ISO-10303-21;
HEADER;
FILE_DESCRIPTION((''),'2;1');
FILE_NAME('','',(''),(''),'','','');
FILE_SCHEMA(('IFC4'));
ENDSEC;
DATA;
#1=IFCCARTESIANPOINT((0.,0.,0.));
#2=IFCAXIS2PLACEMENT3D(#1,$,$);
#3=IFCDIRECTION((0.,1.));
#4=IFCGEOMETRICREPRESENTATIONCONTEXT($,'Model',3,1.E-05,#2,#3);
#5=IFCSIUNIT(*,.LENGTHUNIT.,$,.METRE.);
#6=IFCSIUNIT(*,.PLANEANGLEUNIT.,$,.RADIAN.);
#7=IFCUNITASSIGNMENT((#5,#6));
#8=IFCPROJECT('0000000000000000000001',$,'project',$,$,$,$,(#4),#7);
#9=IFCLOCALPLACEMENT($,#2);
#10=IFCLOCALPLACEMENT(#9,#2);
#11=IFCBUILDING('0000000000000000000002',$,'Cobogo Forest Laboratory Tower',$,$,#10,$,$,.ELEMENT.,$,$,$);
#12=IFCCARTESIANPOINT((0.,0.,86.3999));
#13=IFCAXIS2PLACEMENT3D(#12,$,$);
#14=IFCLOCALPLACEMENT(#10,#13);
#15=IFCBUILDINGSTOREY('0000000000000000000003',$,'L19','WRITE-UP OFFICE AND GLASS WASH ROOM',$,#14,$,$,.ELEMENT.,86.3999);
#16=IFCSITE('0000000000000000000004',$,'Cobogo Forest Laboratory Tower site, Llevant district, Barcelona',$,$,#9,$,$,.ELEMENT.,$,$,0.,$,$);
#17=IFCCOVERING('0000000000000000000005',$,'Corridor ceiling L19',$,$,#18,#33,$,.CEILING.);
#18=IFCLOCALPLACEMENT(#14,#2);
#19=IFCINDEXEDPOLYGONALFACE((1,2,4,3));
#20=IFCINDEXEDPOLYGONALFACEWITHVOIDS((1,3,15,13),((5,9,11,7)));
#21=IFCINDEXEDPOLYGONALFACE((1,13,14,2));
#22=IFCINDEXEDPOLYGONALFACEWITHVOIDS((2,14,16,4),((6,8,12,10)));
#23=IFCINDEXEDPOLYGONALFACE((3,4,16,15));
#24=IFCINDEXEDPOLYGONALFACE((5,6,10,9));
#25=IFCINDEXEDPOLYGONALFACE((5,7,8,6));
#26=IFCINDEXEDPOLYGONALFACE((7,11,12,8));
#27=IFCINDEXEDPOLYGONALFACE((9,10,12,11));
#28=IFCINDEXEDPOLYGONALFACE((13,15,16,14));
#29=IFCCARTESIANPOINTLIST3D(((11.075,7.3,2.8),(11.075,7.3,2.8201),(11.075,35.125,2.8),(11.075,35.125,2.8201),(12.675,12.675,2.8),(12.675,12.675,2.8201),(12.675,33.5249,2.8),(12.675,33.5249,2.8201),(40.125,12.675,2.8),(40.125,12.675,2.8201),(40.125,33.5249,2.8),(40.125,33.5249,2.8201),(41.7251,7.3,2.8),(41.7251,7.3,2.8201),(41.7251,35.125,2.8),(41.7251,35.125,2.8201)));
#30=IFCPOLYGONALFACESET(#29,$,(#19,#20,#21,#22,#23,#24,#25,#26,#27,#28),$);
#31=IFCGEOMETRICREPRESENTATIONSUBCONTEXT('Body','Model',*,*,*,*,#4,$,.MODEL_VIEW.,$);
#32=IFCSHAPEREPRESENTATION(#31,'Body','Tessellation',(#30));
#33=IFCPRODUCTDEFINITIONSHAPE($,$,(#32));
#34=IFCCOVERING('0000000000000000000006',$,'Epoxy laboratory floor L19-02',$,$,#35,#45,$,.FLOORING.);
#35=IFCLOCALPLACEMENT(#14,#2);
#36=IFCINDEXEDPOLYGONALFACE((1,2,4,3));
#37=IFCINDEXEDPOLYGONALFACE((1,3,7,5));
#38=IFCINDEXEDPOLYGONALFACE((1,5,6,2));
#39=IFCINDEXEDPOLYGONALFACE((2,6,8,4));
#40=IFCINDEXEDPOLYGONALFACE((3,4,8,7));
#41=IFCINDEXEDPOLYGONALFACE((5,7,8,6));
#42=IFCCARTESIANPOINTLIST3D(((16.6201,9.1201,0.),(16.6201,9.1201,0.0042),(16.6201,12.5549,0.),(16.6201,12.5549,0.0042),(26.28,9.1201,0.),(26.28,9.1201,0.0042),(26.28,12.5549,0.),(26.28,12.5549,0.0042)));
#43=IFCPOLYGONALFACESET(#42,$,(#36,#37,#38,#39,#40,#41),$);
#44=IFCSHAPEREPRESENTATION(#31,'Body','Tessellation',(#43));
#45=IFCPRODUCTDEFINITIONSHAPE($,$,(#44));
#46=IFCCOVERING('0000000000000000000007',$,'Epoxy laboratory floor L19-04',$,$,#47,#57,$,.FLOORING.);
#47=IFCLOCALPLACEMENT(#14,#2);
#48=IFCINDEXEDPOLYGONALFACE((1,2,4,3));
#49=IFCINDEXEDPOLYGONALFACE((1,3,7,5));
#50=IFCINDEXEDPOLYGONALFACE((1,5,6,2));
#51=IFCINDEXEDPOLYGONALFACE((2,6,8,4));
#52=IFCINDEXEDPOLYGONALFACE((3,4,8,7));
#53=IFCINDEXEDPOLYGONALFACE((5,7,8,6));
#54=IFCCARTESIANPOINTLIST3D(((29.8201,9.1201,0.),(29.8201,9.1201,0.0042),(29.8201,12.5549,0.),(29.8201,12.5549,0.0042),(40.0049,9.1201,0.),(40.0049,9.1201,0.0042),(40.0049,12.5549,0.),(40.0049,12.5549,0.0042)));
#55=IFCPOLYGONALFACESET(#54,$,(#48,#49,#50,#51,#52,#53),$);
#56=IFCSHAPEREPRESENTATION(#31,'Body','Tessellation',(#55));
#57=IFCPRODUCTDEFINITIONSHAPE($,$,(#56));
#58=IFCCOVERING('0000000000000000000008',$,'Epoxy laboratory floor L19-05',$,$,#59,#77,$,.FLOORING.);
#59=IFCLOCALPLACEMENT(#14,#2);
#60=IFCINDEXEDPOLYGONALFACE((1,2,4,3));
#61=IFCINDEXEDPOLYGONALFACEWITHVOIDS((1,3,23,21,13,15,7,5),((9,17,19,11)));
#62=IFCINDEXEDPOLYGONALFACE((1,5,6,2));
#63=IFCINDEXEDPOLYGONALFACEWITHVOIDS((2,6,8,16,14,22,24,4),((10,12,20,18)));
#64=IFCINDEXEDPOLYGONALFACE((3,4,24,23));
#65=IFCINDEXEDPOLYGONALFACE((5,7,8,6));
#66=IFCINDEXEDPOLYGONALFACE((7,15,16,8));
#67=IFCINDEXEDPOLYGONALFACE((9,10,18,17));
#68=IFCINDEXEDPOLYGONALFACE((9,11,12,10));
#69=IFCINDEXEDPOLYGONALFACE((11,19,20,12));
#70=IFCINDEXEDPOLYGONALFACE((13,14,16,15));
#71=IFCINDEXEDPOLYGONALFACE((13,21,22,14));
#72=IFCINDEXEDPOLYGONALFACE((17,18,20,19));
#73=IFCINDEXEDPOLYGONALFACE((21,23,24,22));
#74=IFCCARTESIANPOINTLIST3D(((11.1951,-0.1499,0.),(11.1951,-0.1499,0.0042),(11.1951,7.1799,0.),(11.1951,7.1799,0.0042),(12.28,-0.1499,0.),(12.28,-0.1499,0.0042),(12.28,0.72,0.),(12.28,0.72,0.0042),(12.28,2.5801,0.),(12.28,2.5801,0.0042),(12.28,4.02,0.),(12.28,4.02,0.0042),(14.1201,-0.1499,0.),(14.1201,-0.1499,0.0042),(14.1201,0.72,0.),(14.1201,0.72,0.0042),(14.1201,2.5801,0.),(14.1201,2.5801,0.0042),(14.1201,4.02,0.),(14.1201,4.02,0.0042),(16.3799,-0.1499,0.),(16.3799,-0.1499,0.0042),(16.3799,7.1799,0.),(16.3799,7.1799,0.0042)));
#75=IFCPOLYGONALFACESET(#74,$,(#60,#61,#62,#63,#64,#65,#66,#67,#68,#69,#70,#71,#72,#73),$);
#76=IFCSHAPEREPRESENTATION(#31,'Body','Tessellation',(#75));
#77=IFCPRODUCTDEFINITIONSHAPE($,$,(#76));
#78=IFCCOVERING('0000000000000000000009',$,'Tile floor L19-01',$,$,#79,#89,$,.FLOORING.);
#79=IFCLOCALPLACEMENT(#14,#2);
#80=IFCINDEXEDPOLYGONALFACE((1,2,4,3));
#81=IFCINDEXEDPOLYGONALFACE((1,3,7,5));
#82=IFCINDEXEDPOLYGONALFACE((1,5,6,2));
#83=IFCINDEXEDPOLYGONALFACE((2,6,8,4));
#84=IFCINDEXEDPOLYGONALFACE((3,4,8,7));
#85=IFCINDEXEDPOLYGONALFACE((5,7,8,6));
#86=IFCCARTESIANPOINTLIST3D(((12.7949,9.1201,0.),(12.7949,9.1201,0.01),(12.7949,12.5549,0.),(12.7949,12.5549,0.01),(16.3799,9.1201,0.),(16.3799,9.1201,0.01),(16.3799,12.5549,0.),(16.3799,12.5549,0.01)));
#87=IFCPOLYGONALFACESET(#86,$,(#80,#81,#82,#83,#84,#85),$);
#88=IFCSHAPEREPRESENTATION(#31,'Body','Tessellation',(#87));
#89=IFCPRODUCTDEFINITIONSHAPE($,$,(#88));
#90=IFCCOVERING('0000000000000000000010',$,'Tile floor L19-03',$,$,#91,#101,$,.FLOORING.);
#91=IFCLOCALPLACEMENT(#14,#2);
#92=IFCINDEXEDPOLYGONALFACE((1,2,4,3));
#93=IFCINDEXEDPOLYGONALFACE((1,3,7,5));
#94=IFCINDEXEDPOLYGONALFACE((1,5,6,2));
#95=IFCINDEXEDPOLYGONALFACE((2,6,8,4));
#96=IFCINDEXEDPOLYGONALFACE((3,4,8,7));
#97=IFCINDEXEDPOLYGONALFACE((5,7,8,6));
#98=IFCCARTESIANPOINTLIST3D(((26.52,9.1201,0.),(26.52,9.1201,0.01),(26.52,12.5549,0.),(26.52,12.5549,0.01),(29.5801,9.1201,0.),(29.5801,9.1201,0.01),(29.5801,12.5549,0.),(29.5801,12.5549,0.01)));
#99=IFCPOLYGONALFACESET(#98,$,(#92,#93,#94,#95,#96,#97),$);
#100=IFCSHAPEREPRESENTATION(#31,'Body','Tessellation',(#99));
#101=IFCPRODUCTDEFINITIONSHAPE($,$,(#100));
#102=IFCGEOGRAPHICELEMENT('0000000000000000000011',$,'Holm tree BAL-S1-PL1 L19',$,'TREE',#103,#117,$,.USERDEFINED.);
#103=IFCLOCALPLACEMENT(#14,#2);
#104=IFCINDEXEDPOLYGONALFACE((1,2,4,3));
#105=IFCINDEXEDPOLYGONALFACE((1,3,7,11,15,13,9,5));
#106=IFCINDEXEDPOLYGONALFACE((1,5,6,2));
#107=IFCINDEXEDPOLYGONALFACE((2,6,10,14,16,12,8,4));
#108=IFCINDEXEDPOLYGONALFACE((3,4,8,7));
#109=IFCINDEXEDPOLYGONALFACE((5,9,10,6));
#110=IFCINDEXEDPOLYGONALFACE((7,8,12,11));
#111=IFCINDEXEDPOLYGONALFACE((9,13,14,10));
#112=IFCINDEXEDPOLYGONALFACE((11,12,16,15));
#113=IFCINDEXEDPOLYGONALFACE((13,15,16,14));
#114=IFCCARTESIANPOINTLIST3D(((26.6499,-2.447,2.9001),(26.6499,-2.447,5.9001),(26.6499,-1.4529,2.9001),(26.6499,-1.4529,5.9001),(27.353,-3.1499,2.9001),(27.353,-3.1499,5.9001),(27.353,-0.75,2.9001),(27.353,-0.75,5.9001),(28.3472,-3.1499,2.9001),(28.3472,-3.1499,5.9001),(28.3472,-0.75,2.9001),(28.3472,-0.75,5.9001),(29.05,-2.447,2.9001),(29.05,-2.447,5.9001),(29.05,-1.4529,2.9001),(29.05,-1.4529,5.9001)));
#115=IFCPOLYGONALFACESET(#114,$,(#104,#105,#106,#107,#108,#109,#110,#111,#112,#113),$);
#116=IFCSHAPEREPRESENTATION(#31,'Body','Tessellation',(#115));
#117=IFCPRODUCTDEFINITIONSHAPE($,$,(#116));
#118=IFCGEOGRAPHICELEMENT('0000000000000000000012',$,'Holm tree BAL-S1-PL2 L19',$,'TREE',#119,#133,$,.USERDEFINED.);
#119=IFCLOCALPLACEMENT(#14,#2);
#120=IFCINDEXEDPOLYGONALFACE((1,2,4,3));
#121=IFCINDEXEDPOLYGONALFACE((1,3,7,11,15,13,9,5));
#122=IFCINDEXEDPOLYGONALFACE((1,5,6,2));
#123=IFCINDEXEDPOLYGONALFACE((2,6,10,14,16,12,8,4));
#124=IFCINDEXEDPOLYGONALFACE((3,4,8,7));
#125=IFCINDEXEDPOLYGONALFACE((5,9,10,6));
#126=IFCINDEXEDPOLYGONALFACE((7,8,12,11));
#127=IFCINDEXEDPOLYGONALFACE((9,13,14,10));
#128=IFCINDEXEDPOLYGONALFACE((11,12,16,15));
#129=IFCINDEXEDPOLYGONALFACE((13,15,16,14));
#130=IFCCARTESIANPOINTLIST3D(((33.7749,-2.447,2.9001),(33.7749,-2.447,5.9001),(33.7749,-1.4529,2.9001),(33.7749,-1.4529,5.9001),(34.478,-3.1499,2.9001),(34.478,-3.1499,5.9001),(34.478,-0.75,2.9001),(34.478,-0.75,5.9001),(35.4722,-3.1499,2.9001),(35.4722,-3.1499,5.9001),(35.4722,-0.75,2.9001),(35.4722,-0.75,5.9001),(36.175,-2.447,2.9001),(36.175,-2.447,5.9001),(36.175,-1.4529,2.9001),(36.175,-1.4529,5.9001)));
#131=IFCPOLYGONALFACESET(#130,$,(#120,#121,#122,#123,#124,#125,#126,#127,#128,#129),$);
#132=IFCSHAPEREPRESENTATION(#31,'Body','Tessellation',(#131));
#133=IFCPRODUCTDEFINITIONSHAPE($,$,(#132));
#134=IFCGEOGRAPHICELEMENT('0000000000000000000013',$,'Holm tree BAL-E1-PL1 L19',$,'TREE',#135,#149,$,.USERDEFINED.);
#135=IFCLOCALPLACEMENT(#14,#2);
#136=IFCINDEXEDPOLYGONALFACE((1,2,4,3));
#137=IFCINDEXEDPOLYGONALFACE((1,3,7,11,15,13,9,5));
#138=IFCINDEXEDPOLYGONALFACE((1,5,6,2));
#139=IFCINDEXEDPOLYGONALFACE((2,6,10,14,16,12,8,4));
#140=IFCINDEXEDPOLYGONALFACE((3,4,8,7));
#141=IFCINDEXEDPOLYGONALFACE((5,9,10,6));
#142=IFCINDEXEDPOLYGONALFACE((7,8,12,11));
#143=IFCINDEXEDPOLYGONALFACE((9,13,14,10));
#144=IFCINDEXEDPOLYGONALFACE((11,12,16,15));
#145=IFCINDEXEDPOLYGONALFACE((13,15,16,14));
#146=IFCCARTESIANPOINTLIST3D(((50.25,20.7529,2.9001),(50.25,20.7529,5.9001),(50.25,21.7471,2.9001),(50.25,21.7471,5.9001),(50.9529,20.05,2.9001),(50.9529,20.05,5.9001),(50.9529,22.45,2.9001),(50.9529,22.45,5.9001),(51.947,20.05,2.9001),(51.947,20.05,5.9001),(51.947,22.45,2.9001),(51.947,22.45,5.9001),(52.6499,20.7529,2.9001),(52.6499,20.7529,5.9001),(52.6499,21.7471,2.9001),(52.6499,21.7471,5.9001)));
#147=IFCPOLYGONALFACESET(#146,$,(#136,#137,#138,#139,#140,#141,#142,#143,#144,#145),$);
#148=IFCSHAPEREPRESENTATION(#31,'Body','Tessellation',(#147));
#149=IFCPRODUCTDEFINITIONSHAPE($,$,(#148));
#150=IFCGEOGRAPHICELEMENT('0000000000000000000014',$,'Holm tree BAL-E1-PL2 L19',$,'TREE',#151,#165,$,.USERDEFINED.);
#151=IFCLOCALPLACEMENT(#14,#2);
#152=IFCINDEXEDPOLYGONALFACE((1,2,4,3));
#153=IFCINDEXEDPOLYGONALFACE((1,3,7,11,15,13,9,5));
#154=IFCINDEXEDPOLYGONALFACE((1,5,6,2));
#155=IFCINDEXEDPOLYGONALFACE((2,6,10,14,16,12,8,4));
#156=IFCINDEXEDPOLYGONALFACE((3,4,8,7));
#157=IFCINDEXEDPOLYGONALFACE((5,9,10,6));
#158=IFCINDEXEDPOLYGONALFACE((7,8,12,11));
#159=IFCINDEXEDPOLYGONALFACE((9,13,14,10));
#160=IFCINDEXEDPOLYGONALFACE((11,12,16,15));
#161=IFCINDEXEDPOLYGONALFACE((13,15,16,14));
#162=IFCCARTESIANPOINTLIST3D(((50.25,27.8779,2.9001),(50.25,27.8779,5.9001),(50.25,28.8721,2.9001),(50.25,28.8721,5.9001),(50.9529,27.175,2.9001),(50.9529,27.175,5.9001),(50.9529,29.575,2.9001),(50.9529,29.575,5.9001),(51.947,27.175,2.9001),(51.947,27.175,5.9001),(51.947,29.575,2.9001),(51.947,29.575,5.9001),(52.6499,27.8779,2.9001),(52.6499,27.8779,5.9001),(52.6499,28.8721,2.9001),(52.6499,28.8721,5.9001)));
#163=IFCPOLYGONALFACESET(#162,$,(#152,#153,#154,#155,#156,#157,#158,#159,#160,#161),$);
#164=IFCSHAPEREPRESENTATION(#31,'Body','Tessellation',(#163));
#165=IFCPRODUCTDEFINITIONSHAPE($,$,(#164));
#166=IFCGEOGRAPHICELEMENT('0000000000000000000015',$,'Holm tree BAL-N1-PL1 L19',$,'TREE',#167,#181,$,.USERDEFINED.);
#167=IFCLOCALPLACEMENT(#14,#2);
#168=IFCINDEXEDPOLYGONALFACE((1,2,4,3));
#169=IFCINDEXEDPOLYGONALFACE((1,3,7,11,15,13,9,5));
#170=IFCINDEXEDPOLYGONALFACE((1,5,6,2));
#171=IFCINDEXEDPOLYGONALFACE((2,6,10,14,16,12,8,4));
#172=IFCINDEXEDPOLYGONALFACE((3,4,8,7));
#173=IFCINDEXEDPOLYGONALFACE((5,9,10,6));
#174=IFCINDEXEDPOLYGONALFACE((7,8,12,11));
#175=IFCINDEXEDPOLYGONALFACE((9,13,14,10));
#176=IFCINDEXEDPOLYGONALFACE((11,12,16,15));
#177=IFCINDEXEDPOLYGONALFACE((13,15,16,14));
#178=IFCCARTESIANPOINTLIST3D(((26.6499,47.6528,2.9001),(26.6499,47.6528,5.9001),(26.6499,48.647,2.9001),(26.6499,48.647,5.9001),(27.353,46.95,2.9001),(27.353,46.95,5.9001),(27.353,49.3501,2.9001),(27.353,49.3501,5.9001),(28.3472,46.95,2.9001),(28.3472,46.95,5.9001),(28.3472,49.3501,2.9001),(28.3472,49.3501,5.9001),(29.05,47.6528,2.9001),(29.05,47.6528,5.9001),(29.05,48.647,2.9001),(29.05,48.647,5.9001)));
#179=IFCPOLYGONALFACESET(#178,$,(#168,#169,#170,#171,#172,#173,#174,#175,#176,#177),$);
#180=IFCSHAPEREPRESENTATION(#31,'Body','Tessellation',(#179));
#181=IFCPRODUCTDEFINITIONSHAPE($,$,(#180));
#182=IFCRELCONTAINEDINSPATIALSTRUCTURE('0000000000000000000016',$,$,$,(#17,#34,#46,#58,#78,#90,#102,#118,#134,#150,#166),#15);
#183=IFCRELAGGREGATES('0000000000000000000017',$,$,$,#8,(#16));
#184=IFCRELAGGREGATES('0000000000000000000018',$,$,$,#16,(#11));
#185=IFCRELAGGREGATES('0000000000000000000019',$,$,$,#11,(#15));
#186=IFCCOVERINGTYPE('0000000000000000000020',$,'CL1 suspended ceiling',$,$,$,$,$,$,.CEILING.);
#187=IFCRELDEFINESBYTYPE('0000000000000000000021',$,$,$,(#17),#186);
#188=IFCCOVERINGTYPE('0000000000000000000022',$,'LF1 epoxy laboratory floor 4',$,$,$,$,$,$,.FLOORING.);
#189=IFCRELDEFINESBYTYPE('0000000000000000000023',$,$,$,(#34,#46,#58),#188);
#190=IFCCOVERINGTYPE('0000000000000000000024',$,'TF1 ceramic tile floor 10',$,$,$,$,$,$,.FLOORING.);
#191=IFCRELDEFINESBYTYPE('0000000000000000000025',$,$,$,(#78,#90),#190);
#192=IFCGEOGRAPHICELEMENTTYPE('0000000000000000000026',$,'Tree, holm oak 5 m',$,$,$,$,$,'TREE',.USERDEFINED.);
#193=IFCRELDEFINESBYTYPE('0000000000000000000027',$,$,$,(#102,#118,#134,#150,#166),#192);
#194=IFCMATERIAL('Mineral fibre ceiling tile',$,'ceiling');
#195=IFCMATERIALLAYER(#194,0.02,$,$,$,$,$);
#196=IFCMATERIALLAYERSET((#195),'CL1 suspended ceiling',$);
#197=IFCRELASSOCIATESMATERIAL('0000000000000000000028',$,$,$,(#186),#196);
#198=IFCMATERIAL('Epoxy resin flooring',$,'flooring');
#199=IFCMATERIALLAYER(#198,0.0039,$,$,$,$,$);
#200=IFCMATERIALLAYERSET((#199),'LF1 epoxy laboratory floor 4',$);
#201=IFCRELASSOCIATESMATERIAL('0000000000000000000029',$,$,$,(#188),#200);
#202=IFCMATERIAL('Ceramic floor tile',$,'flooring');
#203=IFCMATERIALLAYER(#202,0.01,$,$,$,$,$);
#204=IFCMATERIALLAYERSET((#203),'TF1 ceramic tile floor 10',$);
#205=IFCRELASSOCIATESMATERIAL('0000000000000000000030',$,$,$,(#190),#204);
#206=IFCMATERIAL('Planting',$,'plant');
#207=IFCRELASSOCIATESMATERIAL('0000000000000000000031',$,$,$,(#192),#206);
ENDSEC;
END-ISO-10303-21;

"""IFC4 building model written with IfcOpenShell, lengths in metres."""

from ifc_helpers import new_model, si_unit, direction, frame, origin, place, context, subcontext, project, spatial, polyline, outline, extrude, material, layer, layer_set, type_object, element, save


model = new_model("IFC4")

# Units and contexts
model_context = context("Model", 3, precision=1e-05, world=origin(), true_north=direction((0.0, 1.0)))
body_context = subcontext(model_context, "Body", "Model", "MODEL_VIEW")
ifc_project = project(units=[si_unit("LENGTHUNIT", "METRE"), si_unit("PLANEANGLEUNIT", "RADIAN")], contexts=[model_context])

# Site, building, storey
site_placement = place(None, origin())
site = spatial("IfcSite", under=ifc_project, at=site_placement, Name="Cobogo Forest Laboratory Tower site, Llevant district, Barcelona", CompositionType="ELEMENT", RefElevation=0.0)
building_placement = place(site_placement, origin())
building = spatial("IfcBuilding", under=site, at=building_placement, Name="Cobogo Forest Laboratory Tower", CompositionType="ELEMENT")
storey_placement = place(building_placement, frame((0.0, 0.0, 86.3999)))
storey = spatial("IfcBuildingStorey", under=building, at=storey_placement, Name="L19", Description="WRITE-UP OFFICE AND GLASS WASH ROOM", CompositionType="ELEMENT", Elevation=86.3999)

# Coverings
ifc_material_1 = material(Name="Mineral fibre ceiling tile", Category="ceiling")
ifc_layer_1 = layer(ifc_material_1, 0.02)
ifc_layer_set_1 = layer_set([ifc_layer_1], Name="CL1 suspended ceiling")
covering_type_1 = type_object("IfcCoveringType", Name="CL1 suspended ceiling", PredefinedType="CEILING", material=ifc_layer_set_1)
covering_1_placement = place(storey_placement, frame((0.0, 0.0, 2.8)))
element("IfcCovering", 1, at=covering_1_placement, inside=storey, type_object=covering_type_1, Name="Corridor ceiling L19", PredefinedType="CEILING", context=body_context, shape_type="SweptSolid", body=[
    extrude(outline(polyline([(11.075, 7.3), (11.075, 35.125), (41.7251, 35.125), (41.7251, 7.3), (11.075, 7.3)]), holes=[polyline([(40.125, 33.5249), (12.675, 33.5249), (12.675, 12.675), (40.125, 12.675), (40.125, 33.5249)])]), origin(), (0.0, 0.0, 1.0), 0.02),
])
ifc_material_2 = material(Name="Epoxy resin flooring", Category="flooring")
ifc_layer_2 = layer(ifc_material_2, 0.0039)
ifc_layer_set_2 = layer_set([ifc_layer_2], Name="LF1 epoxy laboratory floor 4")
covering_type_2 = type_object("IfcCoveringType", Name="LF1 epoxy laboratory floor 4", PredefinedType="FLOORING", material=ifc_layer_set_2)
covering_2_placement = place(storey_placement, origin())
element("IfcCovering", 2, at=covering_2_placement, inside=storey, type_object=covering_type_2, Name="Epoxy laboratory floor L19-02", PredefinedType="FLOORING", context=body_context, shape_type="SweptSolid", body=[
    extrude(outline(polyline([(26.28, 9.1201), (16.6201, 9.1201), (16.6201, 12.5549), (26.28, 12.5549), (26.28, 9.1201)])), origin(), (0.0, 0.0, 1.0), 0.0042),
])
covering_3_placement = place(storey_placement, origin())
element("IfcCovering", 3, at=covering_3_placement, inside=storey, type_object=covering_type_2, Name="Epoxy laboratory floor L19-04", PredefinedType="FLOORING", context=body_context, shape_type="SweptSolid", body=[
    extrude(outline(polyline([(40.0049, 9.1201), (29.8201, 9.1201), (29.8201, 12.5549), (40.0049, 12.5549), (40.0049, 9.1201)])), origin(), (0.0, 0.0, 1.0), 0.0042),
])
covering_4_placement = place(storey_placement, origin())
element("IfcCovering", 4, at=covering_4_placement, inside=storey, type_object=covering_type_2, Name="Epoxy laboratory floor L19-05", PredefinedType="FLOORING", context=body_context, shape_type="SweptSolid", body=[
    extrude(outline(polyline([(16.3799, 7.1799), (16.3799, -0.1499), (14.1201, -0.1499), (14.1201, 0.72), (12.28, 0.72), (12.28, -0.1499), (11.1951, -0.1499), (11.1951, 7.1799), (16.3799, 7.1799)]), holes=[polyline([(12.28, 4.02), (12.28, 2.5801), (14.1201, 2.5801), (14.1201, 4.02), (12.28, 4.02)])]), origin(), (0.0, 0.0, 1.0), 0.0042),
])
ifc_material_3 = material(Name="Ceramic floor tile", Category="flooring")
ifc_layer_3 = layer(ifc_material_3, 0.01)
ifc_layer_set_3 = layer_set([ifc_layer_3], Name="TF1 ceramic tile floor 10")
covering_type_3 = type_object("IfcCoveringType", Name="TF1 ceramic tile floor 10", PredefinedType="FLOORING", material=ifc_layer_set_3)
covering_5_placement = place(storey_placement, origin())
element("IfcCovering", 5, at=covering_5_placement, inside=storey, type_object=covering_type_3, Name="Tile floor L19-01", PredefinedType="FLOORING", context=body_context, shape_type="SweptSolid", body=[
    extrude(outline(polyline([(16.3799, 9.1201), (12.7949, 9.1201), (12.7949, 12.5549), (16.3799, 12.5549), (16.3799, 9.1201)])), origin(), (0.0, 0.0, 1.0), 0.01),
])
covering_6_placement = place(storey_placement, origin())
element("IfcCovering", 6, at=covering_6_placement, inside=storey, type_object=covering_type_3, Name="Tile floor L19-03", PredefinedType="FLOORING", context=body_context, shape_type="SweptSolid", body=[
    extrude(outline(polyline([(29.5801, 9.1201), (26.52, 9.1201), (26.52, 12.5549), (29.5801, 12.5549), (29.5801, 9.1201)])), origin(), (0.0, 0.0, 1.0), 0.01),
])

# Geographic elements
ifc_material_4 = material(Name="Planting", Category="plant")
geographic_element_type = type_object("IfcGeographicElementType", Name="Tree, holm oak 5 m", ElementType="TREE", PredefinedType="USERDEFINED", material=ifc_material_4)
geographic_element_1_placement = place(storey_placement, frame((0.0, 0.0, 2.9001)))
element("IfcGeographicElement", 7, at=geographic_element_1_placement, inside=storey, type_object=geographic_element_type, Name="Holm tree BAL-S1-PL1 L19", ObjectType="TREE", PredefinedType="USERDEFINED", context=body_context, shape_type="SweptSolid", body=[
    extrude(outline(polyline([(29.05, -2.447), (29.05, -1.4529), (28.3472, -0.75), (27.353, -0.75), (26.6499, -1.4529), (26.6499, -2.447), (27.353, -3.1499), (28.3472, -3.1499), (29.05, -2.447)])), origin(), (0.0, 0.0, 1.0), 3.0),
])
geographic_element_2_placement = place(storey_placement, frame((0.0, 0.0, 2.9001)))
element("IfcGeographicElement", 8, at=geographic_element_2_placement, inside=storey, type_object=geographic_element_type, Name="Holm tree BAL-S1-PL2 L19", ObjectType="TREE", PredefinedType="USERDEFINED", context=body_context, shape_type="SweptSolid", body=[
    extrude(outline(polyline([(36.175, -2.447), (36.175, -1.4529), (35.4722, -0.75), (34.478, -0.75), (33.7749, -1.4529), (33.7749, -2.447), (34.478, -3.1499), (35.4722, -3.1499), (36.175, -2.447)])), origin(), (0.0, 0.0, 1.0), 3.0),
])
geographic_element_3_placement = place(storey_placement, frame((0.0, 0.0, 2.9001)))
element("IfcGeographicElement", 9, at=geographic_element_3_placement, inside=storey, type_object=geographic_element_type, Name="Holm tree BAL-E1-PL1 L19", ObjectType="TREE", PredefinedType="USERDEFINED", context=body_context, shape_type="SweptSolid", body=[
    extrude(outline(polyline([(52.6499, 20.7529), (52.6499, 21.7471), (51.947, 22.45), (50.9529, 22.45), (50.25, 21.7471), (50.25, 20.7529), (50.9529, 20.05), (51.947, 20.05), (52.6499, 20.7529)])), origin(), (0.0, 0.0, 1.0), 3.0),
])
geographic_element_4_placement = place(storey_placement, frame((0.0, 0.0, 2.9001)))
element("IfcGeographicElement", 10, at=geographic_element_4_placement, inside=storey, type_object=geographic_element_type, Name="Holm tree BAL-E1-PL2 L19", ObjectType="TREE", PredefinedType="USERDEFINED", context=body_context, shape_type="SweptSolid", body=[
    extrude(outline(polyline([(52.6499, 27.8779), (52.6499, 28.8721), (51.947, 29.575), (50.9529, 29.575), (50.25, 28.8721), (50.25, 27.8779), (50.9529, 27.175), (51.947, 27.175), (52.6499, 27.8779)])), origin(), (0.0, 0.0, 1.0), 3.0),
])
geographic_element_5_placement = place(storey_placement, frame((0.0, 0.0, 2.9001)))
element("IfcGeographicElement", 11, at=geographic_element_5_placement, inside=storey, type_object=geographic_element_type, Name="Holm tree BAL-N1-PL1 L19", ObjectType="TREE", PredefinedType="USERDEFINED", context=body_context, shape_type="SweptSolid", body=[
    extrude(outline(polyline([(29.05, 47.6528), (29.05, 48.647), (28.3472, 49.3501), (27.353, 49.3501), (26.6499, 48.647), (26.6499, 47.6528), (27.353, 46.95), (28.3472, 46.95), (29.05, 47.6528)])), origin(), (0.0, 0.0, 1.0), 3.0),
])

save(model, "model.ifc")
